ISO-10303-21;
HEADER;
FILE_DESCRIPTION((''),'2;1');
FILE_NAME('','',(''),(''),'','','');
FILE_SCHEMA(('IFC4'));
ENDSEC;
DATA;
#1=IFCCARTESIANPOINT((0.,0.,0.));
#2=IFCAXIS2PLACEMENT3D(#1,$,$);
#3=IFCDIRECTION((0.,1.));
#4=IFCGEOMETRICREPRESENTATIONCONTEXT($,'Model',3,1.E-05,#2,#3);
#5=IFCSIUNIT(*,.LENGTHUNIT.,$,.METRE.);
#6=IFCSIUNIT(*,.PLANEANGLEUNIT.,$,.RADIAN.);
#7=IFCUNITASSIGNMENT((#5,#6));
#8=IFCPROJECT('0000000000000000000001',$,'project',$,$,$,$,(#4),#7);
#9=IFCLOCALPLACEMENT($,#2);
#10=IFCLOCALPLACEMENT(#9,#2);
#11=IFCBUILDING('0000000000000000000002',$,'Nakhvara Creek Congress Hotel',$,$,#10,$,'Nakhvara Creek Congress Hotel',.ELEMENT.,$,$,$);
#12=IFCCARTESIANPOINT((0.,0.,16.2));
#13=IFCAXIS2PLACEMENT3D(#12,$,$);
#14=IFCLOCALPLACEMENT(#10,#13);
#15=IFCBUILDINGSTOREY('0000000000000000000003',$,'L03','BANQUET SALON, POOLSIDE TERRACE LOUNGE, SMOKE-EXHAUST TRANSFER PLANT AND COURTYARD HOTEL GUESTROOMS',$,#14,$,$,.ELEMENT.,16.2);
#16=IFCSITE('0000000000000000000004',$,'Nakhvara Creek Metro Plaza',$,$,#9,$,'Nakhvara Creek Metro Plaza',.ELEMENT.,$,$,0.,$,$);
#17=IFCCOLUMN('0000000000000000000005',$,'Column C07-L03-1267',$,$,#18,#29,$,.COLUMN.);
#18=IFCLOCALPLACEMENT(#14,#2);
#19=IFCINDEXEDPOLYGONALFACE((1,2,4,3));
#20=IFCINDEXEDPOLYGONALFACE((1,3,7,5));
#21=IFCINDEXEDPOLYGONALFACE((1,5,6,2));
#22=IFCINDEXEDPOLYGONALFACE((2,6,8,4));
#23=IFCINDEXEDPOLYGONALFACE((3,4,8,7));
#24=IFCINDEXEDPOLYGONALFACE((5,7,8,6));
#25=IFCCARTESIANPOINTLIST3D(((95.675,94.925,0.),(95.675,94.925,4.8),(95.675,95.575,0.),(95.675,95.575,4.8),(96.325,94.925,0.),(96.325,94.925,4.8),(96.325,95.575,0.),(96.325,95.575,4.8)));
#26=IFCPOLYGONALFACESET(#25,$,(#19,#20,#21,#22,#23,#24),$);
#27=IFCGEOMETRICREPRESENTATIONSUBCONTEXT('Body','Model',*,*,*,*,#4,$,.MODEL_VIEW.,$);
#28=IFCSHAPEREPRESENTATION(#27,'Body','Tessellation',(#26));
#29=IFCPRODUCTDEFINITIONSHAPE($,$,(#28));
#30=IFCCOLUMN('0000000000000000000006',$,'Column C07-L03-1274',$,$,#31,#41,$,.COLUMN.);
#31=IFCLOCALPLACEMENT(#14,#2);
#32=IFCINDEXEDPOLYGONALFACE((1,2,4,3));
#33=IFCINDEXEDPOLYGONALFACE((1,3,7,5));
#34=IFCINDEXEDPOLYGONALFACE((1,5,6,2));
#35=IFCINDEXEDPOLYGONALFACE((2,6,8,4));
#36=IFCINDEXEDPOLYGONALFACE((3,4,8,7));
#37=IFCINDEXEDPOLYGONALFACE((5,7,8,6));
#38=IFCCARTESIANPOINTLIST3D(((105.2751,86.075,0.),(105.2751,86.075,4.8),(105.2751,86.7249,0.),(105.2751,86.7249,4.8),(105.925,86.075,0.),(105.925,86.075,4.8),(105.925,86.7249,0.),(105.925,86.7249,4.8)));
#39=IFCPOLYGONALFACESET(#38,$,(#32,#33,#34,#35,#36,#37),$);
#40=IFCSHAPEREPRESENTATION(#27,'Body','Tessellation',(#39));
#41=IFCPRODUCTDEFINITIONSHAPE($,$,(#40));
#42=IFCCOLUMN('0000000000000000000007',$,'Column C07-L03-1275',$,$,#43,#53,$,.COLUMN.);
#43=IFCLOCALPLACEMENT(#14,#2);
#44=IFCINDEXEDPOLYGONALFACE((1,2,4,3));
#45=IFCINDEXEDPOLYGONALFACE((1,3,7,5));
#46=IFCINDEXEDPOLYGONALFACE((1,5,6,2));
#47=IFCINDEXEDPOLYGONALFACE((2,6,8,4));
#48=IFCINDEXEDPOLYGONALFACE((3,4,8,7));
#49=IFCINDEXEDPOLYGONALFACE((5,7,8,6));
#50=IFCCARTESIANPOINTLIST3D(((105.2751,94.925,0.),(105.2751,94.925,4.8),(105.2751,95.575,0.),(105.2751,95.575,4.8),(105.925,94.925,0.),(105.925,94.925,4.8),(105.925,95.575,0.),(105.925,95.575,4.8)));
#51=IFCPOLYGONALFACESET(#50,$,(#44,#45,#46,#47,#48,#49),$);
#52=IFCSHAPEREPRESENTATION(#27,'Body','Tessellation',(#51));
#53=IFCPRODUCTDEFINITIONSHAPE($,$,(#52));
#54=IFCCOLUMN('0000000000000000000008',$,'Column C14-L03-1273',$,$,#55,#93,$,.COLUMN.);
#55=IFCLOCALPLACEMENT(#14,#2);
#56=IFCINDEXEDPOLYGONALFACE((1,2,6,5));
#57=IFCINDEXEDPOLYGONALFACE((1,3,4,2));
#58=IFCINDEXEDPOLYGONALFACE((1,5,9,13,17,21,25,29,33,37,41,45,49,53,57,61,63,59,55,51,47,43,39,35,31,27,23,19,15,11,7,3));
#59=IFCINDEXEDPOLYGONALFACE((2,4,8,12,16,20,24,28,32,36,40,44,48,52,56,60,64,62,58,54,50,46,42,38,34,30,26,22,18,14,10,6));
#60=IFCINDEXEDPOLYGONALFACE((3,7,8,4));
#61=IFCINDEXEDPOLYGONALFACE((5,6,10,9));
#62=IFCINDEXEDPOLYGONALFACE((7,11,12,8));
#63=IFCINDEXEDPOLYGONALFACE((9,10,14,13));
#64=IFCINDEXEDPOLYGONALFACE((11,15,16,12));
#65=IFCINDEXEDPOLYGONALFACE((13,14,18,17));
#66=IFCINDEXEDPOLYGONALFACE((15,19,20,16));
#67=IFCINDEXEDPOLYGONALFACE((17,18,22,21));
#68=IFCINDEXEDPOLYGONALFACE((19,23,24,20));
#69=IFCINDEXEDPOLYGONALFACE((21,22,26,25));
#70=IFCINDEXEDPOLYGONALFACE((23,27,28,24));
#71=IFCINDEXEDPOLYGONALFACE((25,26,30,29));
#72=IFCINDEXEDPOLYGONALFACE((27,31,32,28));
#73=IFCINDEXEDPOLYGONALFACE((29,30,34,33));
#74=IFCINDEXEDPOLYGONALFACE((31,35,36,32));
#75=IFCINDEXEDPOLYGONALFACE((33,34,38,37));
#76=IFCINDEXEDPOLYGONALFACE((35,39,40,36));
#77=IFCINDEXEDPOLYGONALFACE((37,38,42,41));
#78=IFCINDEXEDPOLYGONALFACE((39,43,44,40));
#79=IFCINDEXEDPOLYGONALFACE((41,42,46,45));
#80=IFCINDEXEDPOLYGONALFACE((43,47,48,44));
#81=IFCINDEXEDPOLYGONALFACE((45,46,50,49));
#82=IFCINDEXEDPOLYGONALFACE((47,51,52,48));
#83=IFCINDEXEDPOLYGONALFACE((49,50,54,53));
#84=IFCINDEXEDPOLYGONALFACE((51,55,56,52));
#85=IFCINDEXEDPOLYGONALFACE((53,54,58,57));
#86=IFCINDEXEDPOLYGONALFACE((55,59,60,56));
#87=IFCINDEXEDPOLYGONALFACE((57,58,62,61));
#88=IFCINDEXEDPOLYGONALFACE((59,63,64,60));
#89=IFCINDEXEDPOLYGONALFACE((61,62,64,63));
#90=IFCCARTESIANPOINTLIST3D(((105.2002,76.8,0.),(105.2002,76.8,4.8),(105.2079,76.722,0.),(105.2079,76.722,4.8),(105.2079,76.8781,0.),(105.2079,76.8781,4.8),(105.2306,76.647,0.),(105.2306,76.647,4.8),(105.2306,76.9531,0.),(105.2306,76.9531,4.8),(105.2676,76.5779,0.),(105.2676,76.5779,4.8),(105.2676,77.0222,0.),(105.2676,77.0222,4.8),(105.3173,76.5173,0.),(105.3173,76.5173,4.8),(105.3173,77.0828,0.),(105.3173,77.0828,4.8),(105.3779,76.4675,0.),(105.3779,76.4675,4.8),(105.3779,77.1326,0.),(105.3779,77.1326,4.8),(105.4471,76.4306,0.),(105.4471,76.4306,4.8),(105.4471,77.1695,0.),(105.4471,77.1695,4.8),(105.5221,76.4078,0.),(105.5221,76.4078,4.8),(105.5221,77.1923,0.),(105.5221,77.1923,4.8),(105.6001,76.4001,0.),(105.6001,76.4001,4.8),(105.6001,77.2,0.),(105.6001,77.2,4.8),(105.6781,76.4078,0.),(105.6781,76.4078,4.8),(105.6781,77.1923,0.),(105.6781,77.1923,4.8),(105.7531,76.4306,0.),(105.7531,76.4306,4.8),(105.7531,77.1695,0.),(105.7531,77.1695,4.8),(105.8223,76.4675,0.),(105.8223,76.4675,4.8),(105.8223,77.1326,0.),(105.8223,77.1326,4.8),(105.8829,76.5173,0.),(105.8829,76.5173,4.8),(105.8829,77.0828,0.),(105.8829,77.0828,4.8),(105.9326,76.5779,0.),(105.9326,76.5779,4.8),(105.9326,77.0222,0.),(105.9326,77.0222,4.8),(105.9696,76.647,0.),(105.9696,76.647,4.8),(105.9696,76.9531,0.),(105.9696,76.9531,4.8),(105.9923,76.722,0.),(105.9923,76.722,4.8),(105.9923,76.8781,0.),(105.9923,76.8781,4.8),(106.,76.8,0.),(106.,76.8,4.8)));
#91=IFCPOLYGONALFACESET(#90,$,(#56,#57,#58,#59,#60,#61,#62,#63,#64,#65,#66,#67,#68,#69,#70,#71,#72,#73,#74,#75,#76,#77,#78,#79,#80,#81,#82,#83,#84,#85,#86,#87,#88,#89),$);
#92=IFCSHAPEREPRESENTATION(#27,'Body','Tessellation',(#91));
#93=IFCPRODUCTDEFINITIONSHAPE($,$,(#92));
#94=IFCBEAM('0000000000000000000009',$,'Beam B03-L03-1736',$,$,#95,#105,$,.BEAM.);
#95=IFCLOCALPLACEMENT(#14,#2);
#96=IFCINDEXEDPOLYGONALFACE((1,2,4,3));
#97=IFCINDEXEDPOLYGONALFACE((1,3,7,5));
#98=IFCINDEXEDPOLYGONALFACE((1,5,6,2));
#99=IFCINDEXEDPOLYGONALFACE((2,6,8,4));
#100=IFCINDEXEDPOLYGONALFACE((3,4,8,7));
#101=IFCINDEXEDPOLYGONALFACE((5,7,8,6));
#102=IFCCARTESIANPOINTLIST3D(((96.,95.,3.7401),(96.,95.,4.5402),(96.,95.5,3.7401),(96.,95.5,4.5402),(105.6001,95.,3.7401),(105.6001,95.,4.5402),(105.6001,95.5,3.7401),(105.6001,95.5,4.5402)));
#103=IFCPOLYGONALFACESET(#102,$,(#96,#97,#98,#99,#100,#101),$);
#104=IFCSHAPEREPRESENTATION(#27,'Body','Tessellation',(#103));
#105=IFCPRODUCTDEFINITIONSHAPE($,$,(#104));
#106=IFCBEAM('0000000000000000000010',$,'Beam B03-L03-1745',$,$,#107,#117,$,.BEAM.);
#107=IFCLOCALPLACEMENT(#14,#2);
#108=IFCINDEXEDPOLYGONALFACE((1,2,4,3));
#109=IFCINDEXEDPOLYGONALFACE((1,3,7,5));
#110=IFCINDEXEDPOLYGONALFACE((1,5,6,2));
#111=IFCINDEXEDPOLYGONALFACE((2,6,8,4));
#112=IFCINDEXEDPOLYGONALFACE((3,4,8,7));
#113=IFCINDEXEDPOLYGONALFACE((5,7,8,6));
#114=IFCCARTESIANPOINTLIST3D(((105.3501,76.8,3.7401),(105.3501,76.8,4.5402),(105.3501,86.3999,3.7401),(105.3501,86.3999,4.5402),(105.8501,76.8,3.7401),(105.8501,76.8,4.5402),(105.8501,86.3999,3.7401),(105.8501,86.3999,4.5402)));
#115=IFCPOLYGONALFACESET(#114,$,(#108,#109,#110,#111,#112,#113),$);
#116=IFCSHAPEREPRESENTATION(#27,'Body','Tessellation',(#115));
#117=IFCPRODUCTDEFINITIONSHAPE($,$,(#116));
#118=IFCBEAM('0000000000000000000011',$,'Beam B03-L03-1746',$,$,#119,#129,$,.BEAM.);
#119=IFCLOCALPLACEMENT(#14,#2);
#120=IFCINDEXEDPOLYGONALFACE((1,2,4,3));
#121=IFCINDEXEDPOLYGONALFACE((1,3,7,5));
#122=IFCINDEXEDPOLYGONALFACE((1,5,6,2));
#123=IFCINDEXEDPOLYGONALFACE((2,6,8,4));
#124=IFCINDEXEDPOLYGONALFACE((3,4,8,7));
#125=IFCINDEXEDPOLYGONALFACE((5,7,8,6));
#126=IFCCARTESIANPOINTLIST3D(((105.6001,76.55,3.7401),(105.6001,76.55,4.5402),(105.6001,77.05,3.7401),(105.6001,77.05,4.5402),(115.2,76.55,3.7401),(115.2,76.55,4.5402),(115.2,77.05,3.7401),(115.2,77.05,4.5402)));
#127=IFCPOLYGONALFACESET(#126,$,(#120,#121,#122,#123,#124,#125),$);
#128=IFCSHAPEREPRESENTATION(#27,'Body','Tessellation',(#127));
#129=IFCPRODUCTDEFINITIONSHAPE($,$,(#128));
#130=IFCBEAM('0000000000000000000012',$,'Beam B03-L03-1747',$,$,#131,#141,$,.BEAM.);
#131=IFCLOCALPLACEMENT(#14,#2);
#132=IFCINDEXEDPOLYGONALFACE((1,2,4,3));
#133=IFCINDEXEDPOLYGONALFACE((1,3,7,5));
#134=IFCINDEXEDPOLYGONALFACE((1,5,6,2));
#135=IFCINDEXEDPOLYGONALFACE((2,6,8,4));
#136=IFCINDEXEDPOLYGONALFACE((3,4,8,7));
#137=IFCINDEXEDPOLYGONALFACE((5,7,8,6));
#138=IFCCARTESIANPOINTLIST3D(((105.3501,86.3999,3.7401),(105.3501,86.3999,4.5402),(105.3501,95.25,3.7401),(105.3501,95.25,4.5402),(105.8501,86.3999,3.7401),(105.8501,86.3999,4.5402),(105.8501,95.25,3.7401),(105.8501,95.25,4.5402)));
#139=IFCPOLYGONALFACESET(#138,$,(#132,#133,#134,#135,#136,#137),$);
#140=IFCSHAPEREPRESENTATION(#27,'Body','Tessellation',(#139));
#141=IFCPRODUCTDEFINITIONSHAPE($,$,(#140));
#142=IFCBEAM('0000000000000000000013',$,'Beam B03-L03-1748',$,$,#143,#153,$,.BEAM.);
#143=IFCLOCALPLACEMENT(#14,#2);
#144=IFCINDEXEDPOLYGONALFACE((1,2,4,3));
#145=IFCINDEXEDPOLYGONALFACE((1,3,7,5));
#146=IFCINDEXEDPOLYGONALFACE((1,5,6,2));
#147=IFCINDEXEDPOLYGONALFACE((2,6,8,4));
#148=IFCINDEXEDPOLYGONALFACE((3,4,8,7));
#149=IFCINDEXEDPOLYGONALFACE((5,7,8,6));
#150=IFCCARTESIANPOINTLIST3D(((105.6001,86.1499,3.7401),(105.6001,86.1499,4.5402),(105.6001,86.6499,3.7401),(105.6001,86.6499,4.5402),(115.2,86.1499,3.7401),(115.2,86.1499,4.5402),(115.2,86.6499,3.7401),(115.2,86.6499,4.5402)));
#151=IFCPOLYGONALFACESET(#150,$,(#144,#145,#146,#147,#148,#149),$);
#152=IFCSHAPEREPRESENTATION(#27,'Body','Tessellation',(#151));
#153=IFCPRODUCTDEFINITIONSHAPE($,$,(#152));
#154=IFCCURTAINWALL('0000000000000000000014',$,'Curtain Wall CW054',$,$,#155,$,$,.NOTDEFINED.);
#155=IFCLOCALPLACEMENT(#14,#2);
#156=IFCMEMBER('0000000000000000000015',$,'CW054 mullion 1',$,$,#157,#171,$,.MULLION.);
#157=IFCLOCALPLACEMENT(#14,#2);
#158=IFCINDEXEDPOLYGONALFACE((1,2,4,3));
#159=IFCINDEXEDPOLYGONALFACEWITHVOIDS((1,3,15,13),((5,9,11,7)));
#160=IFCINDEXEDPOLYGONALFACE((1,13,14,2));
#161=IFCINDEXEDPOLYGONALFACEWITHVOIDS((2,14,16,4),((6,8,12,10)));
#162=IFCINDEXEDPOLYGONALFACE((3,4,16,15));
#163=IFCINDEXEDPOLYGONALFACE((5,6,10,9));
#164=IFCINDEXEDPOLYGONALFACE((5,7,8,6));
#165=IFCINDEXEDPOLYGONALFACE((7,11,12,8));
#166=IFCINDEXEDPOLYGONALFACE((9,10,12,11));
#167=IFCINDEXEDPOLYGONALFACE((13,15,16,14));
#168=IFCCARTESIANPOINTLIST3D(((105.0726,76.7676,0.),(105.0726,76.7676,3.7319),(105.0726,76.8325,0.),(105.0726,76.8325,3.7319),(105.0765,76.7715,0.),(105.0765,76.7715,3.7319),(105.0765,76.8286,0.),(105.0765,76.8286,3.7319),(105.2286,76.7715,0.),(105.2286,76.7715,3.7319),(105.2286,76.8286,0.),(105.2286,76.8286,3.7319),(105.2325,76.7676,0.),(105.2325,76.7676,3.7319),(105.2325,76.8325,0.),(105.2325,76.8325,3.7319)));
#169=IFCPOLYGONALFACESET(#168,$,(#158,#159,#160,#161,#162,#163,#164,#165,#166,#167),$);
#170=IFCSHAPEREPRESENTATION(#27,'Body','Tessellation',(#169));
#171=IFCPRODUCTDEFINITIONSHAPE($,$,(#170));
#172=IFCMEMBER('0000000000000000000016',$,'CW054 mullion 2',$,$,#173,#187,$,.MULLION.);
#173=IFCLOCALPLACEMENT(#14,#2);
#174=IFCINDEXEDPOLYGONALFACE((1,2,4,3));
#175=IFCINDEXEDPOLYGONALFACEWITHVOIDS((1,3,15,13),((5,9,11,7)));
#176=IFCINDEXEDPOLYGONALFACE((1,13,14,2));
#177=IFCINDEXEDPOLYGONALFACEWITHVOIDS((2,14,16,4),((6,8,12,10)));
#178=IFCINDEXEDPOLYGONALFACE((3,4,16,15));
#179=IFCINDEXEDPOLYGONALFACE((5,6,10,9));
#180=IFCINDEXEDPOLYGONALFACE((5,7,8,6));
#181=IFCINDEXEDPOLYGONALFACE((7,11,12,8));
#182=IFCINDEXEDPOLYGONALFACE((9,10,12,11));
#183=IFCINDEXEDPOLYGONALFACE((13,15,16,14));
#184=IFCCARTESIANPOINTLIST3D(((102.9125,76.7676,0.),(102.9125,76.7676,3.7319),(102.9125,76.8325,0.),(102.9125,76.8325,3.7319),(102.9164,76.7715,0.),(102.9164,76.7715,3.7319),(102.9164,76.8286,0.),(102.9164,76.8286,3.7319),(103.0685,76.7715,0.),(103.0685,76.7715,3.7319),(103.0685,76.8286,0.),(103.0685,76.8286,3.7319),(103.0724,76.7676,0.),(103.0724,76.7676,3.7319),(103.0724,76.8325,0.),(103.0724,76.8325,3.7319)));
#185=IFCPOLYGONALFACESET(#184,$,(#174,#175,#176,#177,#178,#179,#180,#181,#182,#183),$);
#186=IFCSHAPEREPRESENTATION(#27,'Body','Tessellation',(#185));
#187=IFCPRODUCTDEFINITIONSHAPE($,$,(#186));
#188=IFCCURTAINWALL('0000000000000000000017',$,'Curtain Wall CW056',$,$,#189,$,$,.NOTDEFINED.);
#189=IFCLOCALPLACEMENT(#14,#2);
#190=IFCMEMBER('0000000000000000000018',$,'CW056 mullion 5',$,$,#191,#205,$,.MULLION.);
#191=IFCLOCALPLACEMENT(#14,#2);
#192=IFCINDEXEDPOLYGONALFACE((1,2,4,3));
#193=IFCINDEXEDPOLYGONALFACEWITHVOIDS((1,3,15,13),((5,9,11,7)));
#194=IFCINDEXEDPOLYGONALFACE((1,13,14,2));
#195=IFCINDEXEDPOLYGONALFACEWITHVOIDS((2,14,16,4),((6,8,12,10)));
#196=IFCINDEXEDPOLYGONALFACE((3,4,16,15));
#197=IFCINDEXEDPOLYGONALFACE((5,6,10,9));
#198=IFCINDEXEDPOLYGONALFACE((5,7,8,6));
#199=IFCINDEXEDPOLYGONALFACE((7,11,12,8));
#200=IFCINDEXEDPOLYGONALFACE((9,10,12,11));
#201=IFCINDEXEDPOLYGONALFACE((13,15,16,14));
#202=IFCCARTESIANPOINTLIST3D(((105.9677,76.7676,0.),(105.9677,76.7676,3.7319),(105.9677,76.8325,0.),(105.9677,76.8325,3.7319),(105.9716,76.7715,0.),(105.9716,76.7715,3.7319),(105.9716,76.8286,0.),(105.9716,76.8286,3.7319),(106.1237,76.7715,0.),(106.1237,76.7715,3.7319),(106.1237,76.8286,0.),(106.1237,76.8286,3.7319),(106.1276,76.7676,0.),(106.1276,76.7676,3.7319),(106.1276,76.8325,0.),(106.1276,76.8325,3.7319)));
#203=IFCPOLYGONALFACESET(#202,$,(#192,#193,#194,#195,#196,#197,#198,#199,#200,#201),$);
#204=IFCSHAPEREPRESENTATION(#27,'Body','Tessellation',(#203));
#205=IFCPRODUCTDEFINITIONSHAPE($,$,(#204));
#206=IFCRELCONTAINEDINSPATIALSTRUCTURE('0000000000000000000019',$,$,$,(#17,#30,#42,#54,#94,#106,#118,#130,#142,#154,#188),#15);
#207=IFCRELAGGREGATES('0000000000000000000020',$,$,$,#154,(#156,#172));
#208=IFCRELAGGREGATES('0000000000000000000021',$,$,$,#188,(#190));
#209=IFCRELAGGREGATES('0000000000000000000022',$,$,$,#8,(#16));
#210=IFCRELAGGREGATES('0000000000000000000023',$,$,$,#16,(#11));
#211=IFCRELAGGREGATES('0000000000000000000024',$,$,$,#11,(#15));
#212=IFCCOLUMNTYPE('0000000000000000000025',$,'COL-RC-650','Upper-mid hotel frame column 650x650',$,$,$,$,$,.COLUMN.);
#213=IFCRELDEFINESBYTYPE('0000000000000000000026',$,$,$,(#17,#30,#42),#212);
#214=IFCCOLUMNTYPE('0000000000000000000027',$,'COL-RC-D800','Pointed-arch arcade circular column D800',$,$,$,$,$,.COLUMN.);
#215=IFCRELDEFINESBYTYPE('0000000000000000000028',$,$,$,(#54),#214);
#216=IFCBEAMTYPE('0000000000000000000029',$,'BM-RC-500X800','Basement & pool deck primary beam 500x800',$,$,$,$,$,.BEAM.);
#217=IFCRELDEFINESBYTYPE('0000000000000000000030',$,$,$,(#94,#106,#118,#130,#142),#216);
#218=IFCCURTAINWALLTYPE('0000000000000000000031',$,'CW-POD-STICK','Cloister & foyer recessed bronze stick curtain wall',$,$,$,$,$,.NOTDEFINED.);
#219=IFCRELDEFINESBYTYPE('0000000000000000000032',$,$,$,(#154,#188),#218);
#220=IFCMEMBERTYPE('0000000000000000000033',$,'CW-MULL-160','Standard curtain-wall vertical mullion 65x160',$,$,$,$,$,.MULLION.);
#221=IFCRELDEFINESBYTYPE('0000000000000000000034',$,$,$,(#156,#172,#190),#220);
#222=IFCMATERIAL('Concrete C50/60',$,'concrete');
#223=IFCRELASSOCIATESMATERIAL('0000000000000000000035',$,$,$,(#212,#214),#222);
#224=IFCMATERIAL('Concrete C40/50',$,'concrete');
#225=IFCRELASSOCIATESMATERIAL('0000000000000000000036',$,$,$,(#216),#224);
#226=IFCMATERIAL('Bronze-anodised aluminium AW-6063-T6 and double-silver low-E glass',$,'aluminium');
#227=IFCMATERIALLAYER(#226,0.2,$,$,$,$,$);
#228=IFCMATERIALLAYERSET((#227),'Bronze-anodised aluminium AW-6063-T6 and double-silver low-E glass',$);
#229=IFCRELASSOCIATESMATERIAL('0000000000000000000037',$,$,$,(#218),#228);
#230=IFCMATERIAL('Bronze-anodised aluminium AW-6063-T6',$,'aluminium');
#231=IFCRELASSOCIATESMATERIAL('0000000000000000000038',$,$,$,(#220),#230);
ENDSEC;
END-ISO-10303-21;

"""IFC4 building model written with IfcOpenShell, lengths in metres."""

from ifc_helpers import new_model, si_unit, direction, frame, origin, origin_2d, place, context, subcontext, project, spatial, rectangle, hollow_rectangle, circle, extrude, material, layer, layer_set, material_profile, profile_set, type_object, element, aggregate, save


model = new_model("IFC4")

# Units and contexts
model_context = context("Model", 3, precision=1e-05, world=origin(), true_north=direction((0.0, 1.0)))
body_context = subcontext(model_context, "Body", "Model", "MODEL_VIEW")
ifc_project = project(units=[si_unit("LENGTHUNIT", "METRE"), si_unit("PLANEANGLEUNIT", "RADIAN")], contexts=[model_context])

# Site, building, storey
site_placement = place(None, origin())
site = spatial("IfcSite", under=ifc_project, at=site_placement, Name="Nakhvara Creek Metro Plaza", LongName="Nakhvara Creek Metro Plaza", CompositionType="ELEMENT", RefElevation=0.0)
building_placement = place(site_placement, origin())
building = spatial("IfcBuilding", under=site, at=building_placement, Name="Nakhvara Creek Congress Hotel", LongName="Nakhvara Creek Congress Hotel", CompositionType="ELEMENT")
storey_placement = place(building_placement, frame((0.0, 0.0, 16.2)))
storey = spatial("IfcBuildingStorey", under=building, at=storey_placement, Name="L03", Description="BANQUET SALON, POOLSIDE TERRACE LOUNGE, SMOKE-EXHAUST TRANSFER PLANT AND COURTYARD HOTEL GUESTROOMS", CompositionType="ELEMENT", Elevation=16.2)

# Columns
ifc_material_1 = material(Name="Concrete C50/60", Category="concrete")
ifc_material_profile_1 = material_profile(ifc_material_1, rectangle(XDim=0.6499, YDim=0.6499, at=origin_2d()), Name="RC-COL 650x650", Category="LoadBearing")
ifc_profile_set_1 = profile_set([ifc_material_profile_1], Name="Concrete C50/60")
column_type_1 = type_object("IfcColumnType", Name="COL-RC-650", Description="Upper-mid hotel frame column 650x650", PredefinedType="COLUMN", material=ifc_profile_set_1)
for number, where, z_axis, x_axis, name in (
    (1, (96.0, 95.25, 0.0), (0.0, 0.0, 1.0), (1.0, 0.0, 0.0), "Column C07-L03-1267"),
    (2, (105.6001, 86.3999, 0.0), (0.0, 0.0, 1.0), (1.0, 0.0, 0.0), "Column C07-L03-1274"),
    (3, (105.6001, 95.25, 0.0), (0.0, 0.0, 1.0), (1.0, 0.0, 0.0), "Column C07-L03-1275"),
):
    element("IfcColumn", number, at=place(storey_placement, frame(where, z_axis=z_axis, x_axis=x_axis)), inside=storey, type_object=column_type_1, Name=name, PredefinedType="COLUMN", context=body_context, shape_type="SweptSolid", body=[
        extrude(rectangle(XDim=0.6499, YDim=0.6499, at=origin_2d()), origin(), (0.0, 0.0, 1.0), 4.8),
    ])
ifc_material_profile_2 = material_profile(ifc_material_1, circle(Radius=0.3999, at=origin_2d()), Name="RC-COL D800", Category="LoadBearing")
ifc_profile_set_2 = profile_set([ifc_material_profile_2], Name="Concrete C50/60")
column_type_2 = type_object("IfcColumnType", Name="COL-RC-D800", Description="Pointed-arch arcade circular column D800", PredefinedType="COLUMN", material=ifc_profile_set_2)
column_placement = place(storey_placement, frame((105.6001, 76.8, 0.0), z_axis=(0.0, 0.0, 1.0), x_axis=(1.0, 0.0, 0.0)))
element("IfcColumn", 4, at=column_placement, inside=storey, type_object=column_type_2, Name="Column C14-L03-1273", PredefinedType="COLUMN", context=body_context, shape_type="SweptSolid", body=[
    extrude(circle(Radius=0.3999, at=origin_2d()), origin(), (0.0, 0.0, 1.0), 4.8),
])

# Beams
ifc_material_2 = material(Name="Concrete C40/50", Category="concrete")
ifc_material_profile_3 = material_profile(ifc_material_2, rectangle(XDim=0.5, YDim=0.8, at=origin_2d()), Name="RC-BM 500x800", Category="LoadBearing")
ifc_profile_set_3 = profile_set([ifc_material_profile_3], Name="Concrete C40/50")
beam_type = type_object("IfcBeamType", Name="BM-RC-500X800", Description="Basement & pool deck primary beam 500x800", PredefinedType="BEAM", material=ifc_profile_set_3)
beam_1_placement = place(storey_placement, frame((96.0, 95.25, 4.1401), z_axis=(1.0, 0.0, 0.0), x_axis=(0.0, 1.0, 0.0)))
element("IfcBeam", 5, at=beam_1_placement, inside=storey, type_object=beam_type, Name="Beam B03-L03-1736", PredefinedType="BEAM", context=body_context, shape_type="SweptSolid", body=[
    extrude(rectangle(XDim=0.5, YDim=0.8, at=origin_2d()), origin(), (0.0, 0.0, 1.0), 9.6001),
])
for number, where, z_axis, x_axis, name in (
    (6, (105.6001, 76.8, 4.1401), (0.0, 1.0, 0.0), (-1.0, 0.0, 0.0), "Beam B03-L03-1745"),
    (7, (105.6001, 76.8, 4.1401), (1.0, 0.0, 0.0), (0.0, 1.0, 0.0), "Beam B03-L03-1746"),
):
    element("IfcBeam", number, at=place(storey_placement, frame(where, z_axis=z_axis, x_axis=x_axis)), inside=storey, type_object=beam_type, Name=name, PredefinedType="BEAM", context=body_context, shape_type="SweptSolid", body=[
        extrude(rectangle(XDim=0.5, YDim=0.8, at=origin_2d()), origin(), (0.0, 0.0, 1.0), 9.5999),
    ])
beam_2_placement = place(storey_placement, frame((105.6001, 86.3999, 4.1401), z_axis=(0.0, 1.0, 0.0), x_axis=(-1.0, 0.0, 0.0)))
element("IfcBeam", 8, at=beam_2_placement, inside=storey, type_object=beam_type, Name="Beam B03-L03-1747", PredefinedType="BEAM", context=body_context, shape_type="SweptSolid", body=[
    extrude(rectangle(XDim=0.5, YDim=0.8, at=origin_2d()), origin(), (0.0, 0.0, 1.0), 8.8501),
])
beam_3_placement = place(storey_placement, frame((105.6001, 86.3999, 4.1401), z_axis=(1.0, 0.0, 0.0), x_axis=(0.0, 1.0, 0.0)))
element("IfcBeam", 9, at=beam_3_placement, inside=storey, type_object=beam_type, Name="Beam B03-L03-1748", PredefinedType="BEAM", context=body_context, shape_type="SweptSolid", body=[
    extrude(rectangle(XDim=0.5, YDim=0.8, at=origin_2d()), origin(), (0.0, 0.0, 1.0), 9.5999),
])

# Curtain wall, members
ifc_material_3 = material(Name="Bronze-anodised aluminium AW-6063-T6 and double-silver low-E glass", Category="aluminium")
ifc_layer = layer(ifc_material_3, 0.2)
ifc_layer_set = layer_set([ifc_layer], Name="Bronze-anodised aluminium AW-6063-T6 and double-silver low-E glass")
curtain_wall_type = type_object("IfcCurtainWallType", Name="CW-POD-STICK", Description="Cloister & foyer recessed bronze stick curtain wall", PredefinedType="NOTDEFINED", material=ifc_layer_set)
curtain_wall_1_placement = place(storey_placement, origin())
curtain_wall_1 = element("IfcCurtainWall", 10, at=curtain_wall_1_placement, inside=storey, type_object=curtain_wall_type, Name="Curtain Wall CW054", PredefinedType="NOTDEFINED")
ifc_material_4 = material(Name="Bronze-anodised aluminium AW-6063-T6", Category="aluminium")
ifc_material_profile_4 = material_profile(ifc_material_4, hollow_rectangle(XDim=0.0649, YDim=0.1599, WallThickness=0.0039, at=origin_2d()), Name="ALU-MULL 65x160x4", Category="LoadBearing")
ifc_profile_set_4 = profile_set([ifc_material_profile_4], Name="Bronze-anodised aluminium AW-6063-T6")
member_type_1 = type_object("IfcMemberType", Name="CW-MULL-160", Description="Standard curtain-wall vertical mullion 65x160", PredefinedType="MULLION", material=ifc_profile_set_4)
member_1_placement = place(storey_placement, frame((105.1526, 76.8, 0.0), z_axis=(0.0, 0.0, 1.0), x_axis=(0.0, -1.0, 0.0)))
member_1 = element("IfcMember", 11, at=member_1_placement, type_object=member_type_1, Name="CW054 mullion 1", PredefinedType="MULLION", context=body_context, shape_type="SweptSolid", body=[
    extrude(hollow_rectangle(XDim=0.0649, YDim=0.1599, WallThickness=0.0039, at=origin_2d()), origin(), (0.0, 0.0, 1.0), 3.7319),
])
member_2_placement = place(storey_placement, frame((102.9924, 76.8, 0.0), z_axis=(0.0, 0.0, 1.0), x_axis=(0.0, -1.0, 0.0)))
member_2 = element("IfcMember", 12, at=member_2_placement, type_object=member_type_1, Name="CW054 mullion 2", PredefinedType="MULLION", context=body_context, shape_type="SweptSolid", body=[
    extrude(hollow_rectangle(XDim=0.0649, YDim=0.1599, WallThickness=0.0039, at=origin_2d()), origin(), (0.0, 0.0, 1.0), 3.7319),
])

# Curtain wall, member
curtain_wall_2_placement = place(storey_placement, origin())
curtain_wall_2 = element("IfcCurtainWall", 13, at=curtain_wall_2_placement, inside=storey, type_object=curtain_wall_type, Name="Curtain Wall CW056", PredefinedType="NOTDEFINED")
member_3_placement = place(storey_placement, frame((106.0476, 76.8, 0.0), z_axis=(0.0, 0.0, 1.0), x_axis=(0.0, -1.0, 0.0)))
member_3 = element("IfcMember", 14, at=member_3_placement, type_object=member_type_1, Name="CW056 mullion 5", PredefinedType="MULLION", context=body_context, shape_type="SweptSolid", body=[
    extrude(hollow_rectangle(XDim=0.0649, YDim=0.1599, WallThickness=0.0039, at=origin_2d()), origin(), (0.0, 0.0, 1.0), 3.7319),
])

aggregate(curtain_wall_1, [member_1, member_2])
aggregate(curtain_wall_2, [member_3])

save(model, "model.ifc")
